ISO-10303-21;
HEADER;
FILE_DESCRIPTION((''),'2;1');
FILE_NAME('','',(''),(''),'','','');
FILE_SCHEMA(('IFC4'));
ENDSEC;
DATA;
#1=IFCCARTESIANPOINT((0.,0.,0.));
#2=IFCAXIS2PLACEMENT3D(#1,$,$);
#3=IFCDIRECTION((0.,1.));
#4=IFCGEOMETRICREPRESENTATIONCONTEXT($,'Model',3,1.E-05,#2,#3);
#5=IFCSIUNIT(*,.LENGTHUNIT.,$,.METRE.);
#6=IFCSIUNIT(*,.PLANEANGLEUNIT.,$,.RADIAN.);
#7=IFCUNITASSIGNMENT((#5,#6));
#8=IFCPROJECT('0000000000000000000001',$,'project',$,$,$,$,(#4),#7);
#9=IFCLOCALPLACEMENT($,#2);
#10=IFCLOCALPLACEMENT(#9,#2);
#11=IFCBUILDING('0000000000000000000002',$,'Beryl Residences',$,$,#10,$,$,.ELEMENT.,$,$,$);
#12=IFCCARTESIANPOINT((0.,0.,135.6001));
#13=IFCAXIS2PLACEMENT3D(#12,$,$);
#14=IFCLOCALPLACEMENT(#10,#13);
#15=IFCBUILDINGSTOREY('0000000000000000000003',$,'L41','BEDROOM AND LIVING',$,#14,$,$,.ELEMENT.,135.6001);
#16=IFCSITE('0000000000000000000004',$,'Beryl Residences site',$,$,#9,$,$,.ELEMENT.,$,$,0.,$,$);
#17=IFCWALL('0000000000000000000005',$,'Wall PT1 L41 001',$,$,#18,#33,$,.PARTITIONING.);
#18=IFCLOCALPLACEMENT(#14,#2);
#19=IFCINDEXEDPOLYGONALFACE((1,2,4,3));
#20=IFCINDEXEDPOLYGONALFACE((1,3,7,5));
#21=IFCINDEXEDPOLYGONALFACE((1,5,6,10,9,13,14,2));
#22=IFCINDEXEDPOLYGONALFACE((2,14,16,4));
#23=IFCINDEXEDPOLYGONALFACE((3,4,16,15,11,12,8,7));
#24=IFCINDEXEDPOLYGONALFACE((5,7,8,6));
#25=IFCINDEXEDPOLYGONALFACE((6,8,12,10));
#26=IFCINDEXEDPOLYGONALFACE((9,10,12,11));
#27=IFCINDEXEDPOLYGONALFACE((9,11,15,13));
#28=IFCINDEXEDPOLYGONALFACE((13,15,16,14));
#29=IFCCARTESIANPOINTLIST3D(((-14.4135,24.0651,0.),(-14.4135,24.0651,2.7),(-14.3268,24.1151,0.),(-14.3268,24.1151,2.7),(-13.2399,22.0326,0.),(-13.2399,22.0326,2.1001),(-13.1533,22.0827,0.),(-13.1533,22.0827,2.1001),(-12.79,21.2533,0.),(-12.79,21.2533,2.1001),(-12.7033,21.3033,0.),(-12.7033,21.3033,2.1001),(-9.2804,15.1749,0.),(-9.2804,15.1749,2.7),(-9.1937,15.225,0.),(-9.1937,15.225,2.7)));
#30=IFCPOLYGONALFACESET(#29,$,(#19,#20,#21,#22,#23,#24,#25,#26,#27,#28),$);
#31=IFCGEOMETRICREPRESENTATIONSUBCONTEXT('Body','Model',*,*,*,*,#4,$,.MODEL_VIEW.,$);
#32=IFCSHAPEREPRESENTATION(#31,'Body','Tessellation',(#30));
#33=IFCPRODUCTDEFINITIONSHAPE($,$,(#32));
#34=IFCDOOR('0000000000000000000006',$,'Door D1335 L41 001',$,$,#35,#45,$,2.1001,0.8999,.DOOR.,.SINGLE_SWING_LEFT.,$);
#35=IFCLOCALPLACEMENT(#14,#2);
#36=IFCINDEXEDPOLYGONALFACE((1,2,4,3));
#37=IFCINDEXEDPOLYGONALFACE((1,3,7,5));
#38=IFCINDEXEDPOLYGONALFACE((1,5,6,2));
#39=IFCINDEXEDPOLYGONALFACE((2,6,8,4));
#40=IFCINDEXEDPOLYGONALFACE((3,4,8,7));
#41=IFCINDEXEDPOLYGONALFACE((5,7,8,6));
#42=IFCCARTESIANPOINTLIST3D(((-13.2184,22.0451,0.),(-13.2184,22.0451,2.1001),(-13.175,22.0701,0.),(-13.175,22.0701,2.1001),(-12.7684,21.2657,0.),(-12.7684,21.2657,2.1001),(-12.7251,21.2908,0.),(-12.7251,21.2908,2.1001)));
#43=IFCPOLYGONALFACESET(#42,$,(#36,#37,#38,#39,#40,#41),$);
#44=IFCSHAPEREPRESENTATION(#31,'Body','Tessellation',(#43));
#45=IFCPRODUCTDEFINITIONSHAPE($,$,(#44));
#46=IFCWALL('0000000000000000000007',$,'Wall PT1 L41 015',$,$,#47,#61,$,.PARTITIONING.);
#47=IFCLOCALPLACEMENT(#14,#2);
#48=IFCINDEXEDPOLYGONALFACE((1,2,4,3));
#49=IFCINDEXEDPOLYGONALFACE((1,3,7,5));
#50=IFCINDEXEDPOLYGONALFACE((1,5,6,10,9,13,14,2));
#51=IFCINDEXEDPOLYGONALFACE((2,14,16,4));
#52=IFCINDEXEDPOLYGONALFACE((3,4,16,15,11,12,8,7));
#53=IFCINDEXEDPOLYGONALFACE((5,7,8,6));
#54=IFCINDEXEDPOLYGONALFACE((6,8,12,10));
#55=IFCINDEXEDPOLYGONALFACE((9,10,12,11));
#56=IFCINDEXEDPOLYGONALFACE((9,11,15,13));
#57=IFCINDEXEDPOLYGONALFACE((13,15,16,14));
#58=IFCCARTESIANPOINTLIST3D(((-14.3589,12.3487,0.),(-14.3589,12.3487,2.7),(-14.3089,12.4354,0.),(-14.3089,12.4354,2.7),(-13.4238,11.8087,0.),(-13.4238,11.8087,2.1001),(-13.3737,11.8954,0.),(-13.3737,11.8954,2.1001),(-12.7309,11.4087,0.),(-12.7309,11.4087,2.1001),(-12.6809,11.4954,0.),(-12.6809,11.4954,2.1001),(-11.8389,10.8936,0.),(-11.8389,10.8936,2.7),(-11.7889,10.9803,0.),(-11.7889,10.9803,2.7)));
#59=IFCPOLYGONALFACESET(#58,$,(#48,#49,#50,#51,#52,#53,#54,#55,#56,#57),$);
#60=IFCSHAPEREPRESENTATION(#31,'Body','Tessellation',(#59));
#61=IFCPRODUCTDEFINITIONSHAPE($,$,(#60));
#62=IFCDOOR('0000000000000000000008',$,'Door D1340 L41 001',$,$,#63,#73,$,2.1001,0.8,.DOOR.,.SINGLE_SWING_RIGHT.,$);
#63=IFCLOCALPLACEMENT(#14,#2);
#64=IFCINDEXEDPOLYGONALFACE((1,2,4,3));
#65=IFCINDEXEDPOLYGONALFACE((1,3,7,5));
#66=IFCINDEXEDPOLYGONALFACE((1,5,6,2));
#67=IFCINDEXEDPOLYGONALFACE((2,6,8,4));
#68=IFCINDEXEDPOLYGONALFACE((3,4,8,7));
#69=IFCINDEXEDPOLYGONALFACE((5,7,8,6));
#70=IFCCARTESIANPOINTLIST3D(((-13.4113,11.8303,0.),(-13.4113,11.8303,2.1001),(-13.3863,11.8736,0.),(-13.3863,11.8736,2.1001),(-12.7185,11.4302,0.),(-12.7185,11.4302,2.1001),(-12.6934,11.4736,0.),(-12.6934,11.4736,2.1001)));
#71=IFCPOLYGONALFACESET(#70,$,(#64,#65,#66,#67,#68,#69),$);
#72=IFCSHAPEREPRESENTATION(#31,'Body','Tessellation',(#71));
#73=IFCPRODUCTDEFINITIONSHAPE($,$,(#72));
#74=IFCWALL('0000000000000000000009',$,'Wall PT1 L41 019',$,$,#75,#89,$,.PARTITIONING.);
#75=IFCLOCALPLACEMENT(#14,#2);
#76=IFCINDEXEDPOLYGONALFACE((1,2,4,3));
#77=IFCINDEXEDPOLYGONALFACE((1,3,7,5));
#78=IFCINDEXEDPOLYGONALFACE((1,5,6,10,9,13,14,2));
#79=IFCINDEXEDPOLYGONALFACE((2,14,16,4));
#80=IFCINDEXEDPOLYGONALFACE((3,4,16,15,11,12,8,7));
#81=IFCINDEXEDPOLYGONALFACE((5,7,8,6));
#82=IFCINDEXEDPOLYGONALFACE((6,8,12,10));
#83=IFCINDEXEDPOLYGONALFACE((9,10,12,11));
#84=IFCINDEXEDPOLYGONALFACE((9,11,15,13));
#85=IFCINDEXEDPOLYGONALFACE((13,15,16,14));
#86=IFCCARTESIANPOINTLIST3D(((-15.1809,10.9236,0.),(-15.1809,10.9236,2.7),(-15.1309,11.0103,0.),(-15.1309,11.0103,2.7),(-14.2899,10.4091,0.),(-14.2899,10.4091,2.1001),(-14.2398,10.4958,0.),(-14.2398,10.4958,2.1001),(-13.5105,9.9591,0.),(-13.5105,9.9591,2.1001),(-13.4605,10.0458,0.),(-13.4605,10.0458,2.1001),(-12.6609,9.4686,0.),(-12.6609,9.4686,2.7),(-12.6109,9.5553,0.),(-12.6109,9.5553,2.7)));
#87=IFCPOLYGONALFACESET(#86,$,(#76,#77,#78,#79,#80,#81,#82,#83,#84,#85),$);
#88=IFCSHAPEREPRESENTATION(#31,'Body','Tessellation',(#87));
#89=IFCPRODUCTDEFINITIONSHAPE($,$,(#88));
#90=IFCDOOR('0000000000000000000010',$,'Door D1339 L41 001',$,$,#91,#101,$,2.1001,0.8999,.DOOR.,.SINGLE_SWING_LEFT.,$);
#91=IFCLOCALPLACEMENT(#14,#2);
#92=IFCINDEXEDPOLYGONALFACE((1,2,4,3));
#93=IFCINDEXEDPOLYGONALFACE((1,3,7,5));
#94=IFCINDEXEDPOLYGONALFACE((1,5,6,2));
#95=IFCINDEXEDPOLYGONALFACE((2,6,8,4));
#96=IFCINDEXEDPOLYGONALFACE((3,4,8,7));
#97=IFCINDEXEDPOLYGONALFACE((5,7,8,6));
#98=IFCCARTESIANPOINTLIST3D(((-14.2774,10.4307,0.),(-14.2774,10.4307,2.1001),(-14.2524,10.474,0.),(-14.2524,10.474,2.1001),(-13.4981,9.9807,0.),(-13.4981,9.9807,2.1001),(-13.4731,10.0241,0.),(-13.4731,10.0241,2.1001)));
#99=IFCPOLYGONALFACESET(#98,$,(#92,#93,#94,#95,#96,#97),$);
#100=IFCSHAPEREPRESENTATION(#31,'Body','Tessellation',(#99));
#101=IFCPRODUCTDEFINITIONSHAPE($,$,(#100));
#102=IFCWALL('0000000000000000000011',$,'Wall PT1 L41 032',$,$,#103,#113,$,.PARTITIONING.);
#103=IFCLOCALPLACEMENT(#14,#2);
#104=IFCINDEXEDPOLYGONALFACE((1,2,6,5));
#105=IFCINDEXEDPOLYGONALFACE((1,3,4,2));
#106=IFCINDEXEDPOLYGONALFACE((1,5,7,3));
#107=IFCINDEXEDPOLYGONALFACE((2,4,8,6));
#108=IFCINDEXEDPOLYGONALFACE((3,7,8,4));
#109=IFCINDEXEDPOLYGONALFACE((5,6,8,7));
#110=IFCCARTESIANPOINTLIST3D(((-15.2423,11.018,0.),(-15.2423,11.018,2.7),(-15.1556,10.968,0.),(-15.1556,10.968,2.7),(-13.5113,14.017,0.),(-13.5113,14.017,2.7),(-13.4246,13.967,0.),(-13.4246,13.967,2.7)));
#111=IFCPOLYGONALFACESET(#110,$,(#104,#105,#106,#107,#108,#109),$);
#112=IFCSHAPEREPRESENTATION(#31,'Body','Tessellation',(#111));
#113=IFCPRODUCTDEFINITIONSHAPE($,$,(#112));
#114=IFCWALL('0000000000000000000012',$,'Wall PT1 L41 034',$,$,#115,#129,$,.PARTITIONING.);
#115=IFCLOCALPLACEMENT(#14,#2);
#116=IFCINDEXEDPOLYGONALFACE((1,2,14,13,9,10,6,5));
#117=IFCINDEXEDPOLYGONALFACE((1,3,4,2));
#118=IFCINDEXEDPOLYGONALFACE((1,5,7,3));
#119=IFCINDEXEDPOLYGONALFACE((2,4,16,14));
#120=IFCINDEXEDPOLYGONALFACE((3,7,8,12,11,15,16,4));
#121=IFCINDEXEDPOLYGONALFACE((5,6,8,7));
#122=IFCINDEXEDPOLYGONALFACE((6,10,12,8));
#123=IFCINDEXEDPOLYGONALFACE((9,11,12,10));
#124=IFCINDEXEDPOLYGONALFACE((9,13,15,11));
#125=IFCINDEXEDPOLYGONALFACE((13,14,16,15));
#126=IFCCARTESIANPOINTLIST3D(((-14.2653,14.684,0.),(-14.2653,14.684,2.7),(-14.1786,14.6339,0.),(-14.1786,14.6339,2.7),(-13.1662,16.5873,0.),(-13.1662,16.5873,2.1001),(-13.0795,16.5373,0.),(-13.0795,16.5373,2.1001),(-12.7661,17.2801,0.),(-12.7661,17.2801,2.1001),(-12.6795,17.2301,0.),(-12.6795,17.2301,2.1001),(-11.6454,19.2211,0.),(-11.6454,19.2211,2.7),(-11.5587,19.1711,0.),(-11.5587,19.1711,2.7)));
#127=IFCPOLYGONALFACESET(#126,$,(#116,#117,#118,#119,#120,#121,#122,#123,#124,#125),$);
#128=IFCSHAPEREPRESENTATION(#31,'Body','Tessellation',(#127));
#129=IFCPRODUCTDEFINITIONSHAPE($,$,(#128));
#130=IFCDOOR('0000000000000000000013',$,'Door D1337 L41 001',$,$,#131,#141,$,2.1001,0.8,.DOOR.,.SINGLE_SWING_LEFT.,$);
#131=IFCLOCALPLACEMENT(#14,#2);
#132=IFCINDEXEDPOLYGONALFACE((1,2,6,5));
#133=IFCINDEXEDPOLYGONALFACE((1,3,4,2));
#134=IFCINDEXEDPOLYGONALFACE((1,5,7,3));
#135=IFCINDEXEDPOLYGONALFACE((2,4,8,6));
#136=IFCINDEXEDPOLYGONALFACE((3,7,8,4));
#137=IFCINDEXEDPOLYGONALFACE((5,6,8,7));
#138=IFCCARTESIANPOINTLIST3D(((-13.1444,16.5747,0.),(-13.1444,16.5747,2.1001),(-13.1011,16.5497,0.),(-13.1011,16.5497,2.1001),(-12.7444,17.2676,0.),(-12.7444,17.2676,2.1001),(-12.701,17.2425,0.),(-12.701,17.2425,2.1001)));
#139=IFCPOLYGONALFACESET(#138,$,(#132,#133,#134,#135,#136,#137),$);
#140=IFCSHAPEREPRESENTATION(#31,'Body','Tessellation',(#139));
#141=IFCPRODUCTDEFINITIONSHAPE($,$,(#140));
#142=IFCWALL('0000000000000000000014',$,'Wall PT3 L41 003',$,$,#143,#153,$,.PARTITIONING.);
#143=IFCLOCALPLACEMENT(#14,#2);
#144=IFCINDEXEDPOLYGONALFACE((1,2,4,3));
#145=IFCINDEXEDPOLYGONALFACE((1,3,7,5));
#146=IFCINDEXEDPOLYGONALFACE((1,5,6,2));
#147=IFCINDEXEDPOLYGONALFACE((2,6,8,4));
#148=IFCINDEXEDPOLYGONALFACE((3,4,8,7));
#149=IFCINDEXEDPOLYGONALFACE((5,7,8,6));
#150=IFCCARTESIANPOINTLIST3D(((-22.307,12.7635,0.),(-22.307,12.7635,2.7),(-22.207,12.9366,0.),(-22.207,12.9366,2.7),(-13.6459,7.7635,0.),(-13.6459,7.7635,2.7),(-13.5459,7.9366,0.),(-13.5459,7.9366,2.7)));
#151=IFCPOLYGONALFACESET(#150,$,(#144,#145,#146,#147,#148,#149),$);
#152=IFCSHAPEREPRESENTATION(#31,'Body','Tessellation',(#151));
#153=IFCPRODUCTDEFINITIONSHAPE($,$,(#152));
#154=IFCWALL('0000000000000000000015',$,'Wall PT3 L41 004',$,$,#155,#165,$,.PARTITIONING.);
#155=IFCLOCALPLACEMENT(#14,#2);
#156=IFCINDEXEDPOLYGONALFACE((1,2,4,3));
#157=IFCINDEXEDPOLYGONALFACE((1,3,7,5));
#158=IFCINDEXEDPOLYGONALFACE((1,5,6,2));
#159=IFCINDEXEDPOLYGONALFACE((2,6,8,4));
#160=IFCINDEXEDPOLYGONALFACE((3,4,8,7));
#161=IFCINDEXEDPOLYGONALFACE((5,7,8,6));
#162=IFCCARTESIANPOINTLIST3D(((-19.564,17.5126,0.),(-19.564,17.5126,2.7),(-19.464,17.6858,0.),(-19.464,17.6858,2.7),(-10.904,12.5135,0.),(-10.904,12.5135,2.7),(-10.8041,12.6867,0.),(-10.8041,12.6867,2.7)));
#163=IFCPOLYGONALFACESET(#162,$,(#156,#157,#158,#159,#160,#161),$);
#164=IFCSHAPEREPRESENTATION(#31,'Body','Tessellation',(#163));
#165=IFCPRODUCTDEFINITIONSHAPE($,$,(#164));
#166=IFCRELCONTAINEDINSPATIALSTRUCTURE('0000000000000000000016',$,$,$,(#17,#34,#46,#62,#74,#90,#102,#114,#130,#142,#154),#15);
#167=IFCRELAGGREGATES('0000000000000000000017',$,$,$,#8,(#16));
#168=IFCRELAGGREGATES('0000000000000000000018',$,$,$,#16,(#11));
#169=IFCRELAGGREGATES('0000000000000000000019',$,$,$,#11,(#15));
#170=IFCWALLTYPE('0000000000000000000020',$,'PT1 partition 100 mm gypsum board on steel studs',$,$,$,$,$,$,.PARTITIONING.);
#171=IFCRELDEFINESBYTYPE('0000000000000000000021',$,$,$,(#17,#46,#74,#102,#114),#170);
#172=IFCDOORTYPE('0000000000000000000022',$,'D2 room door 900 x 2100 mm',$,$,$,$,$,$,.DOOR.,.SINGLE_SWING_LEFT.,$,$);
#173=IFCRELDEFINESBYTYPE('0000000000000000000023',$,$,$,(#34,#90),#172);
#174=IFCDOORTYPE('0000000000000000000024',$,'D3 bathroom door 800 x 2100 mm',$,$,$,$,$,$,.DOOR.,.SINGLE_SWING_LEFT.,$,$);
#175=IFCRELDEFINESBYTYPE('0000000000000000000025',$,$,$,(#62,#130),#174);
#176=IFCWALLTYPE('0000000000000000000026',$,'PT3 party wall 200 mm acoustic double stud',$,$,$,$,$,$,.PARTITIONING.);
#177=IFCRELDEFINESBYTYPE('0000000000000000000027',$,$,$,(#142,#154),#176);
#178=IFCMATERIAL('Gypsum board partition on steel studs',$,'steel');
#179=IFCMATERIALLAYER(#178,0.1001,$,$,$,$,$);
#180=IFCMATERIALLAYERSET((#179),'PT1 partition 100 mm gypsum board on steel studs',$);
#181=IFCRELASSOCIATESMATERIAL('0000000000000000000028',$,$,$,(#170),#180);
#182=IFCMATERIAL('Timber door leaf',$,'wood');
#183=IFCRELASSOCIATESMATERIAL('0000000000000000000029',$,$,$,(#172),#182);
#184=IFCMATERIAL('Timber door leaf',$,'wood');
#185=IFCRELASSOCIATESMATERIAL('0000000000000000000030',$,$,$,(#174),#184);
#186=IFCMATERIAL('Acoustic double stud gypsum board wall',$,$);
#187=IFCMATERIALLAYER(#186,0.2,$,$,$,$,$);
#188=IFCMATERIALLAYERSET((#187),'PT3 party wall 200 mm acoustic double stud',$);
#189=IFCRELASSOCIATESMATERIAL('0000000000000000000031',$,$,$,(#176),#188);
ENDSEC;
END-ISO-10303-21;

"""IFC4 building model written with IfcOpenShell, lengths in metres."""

from ifc_helpers import new_model, si_unit, direction, frame, frame_2d, origin, place, context, subcontext, project, spatial, rectangle, extrude, material, layer, layer_set, type_object, element, fill, save


model = new_model("IFC4")

# Units and contexts
model_context = context("Model", 3, precision=1e-05, world=origin(), true_north=direction((0.0, 1.0)))
body_context = subcontext(model_context, "Body", "Model", "MODEL_VIEW")
ifc_project = project(units=[si_unit("LENGTHUNIT", "METRE"), si_unit("PLANEANGLEUNIT", "RADIAN")], contexts=[model_context])

# Site, building, storey
site_placement = place(None, origin())
site = spatial("IfcSite", under=ifc_project, at=site_placement, Name="Beryl Residences site", CompositionType="ELEMENT", RefElevation=0.0)
building_placement = place(site_placement, origin())
building = spatial("IfcBuilding", under=site, at=building_placement, Name="Beryl Residences", CompositionType="ELEMENT")
storey_placement = place(building_placement, frame((0.0, 0.0, 135.6001)))
storey = spatial("IfcBuildingStorey", under=building, at=storey_placement, Name="L41", Description="BEDROOM AND LIVING", CompositionType="ELEMENT", Elevation=135.6001)

# Walls, openings, doors
ifc_material_1 = material(Name="Gypsum board partition on steel studs", Category="steel")
ifc_layer_1 = layer(ifc_material_1, 0.1001)
ifc_layer_set_1 = layer_set([ifc_layer_1], Name="PT1 partition 100 mm gypsum board on steel studs")
wall_type_1 = type_object("IfcWallType", Name="PT1 partition 100 mm gypsum board on steel studs", PredefinedType="PARTITIONING", material=ifc_layer_set_1)
wall_1_placement = place(storey_placement, frame((-14.3701, 24.0901, 0.0), z_axis=(0.0, 0.0, 1.0), x_axis=(0.500024, -0.866011, 0.0)))
wall_1 = element("IfcWall", 1, at=wall_1_placement, inside=storey, type_object=wall_type_1, Name="Wall PT1 L41 001", PredefinedType="PARTITIONING", context=body_context, shape_type="SweptSolid", body=[
    extrude(rectangle(XDim=10.2656, YDim=0.1001, at=frame_2d((5.1328, 0.0))), origin(), (0.0, 0.0, 1.0), 2.7),
])
opening_1_placement = place(wall_1_placement, frame((2.3469, 0.0, 0.0)))
opening_1 = element("IfcOpeningElement", 2, at=opening_1_placement, cuts=wall_1, PredefinedType="OPENING", context=body_context, shape_type="SweptSolid", body=[
    extrude(rectangle(XDim=0.8999, YDim=2.1001, at=frame_2d((0.45, 1.05))), frame((0.0, 0.0601, 0.0), z_axis=(0.0, -1.0, 0.0), x_axis=(1.0, 0.0, 0.0)), (0.0, 0.0, 1.0), 0.1201),
])
ifc_material_2 = material(Name="Timber door leaf", Category="wood")
door_type_1 = type_object("IfcDoorType", Name="D2 room door 900 x 2100 mm", OperationType="SINGLE_SWING_LEFT", PredefinedType="DOOR", material=ifc_material_2)
door_1_placement = place(opening_1_placement, origin())
door_1 = element("IfcDoor", 3, at=door_1_placement, inside=storey, type_object=door_type_1, Name="Door D1335 L41 001", OperationType="SINGLE_SWING_LEFT", OverallHeight=2.1001, OverallWidth=0.8999, PredefinedType="DOOR", context=body_context, shape_type="SweptSolid", body=[
    extrude(rectangle(XDim=0.8999, YDim=2.1001, at=frame_2d((0.45, 1.05))), frame((0.0, 0.0249, 0.0), z_axis=(0.0, -1.0, 0.0), x_axis=(1.0, 0.0, 0.0)), (0.0, 0.0, 1.0), 0.05),
])
fill(opening_1, door_1)
wall_2_placement = place(storey_placement, frame((-14.334, 12.3921, 0.0), z_axis=(0.0, 0.0, 1.0), x_axis=(0.866004, -0.500037, 0.0)))
wall_2 = element("IfcWall", 4, at=wall_2_placement, inside=storey, type_object=wall_type_1, Name="Wall PT1 L41 015", PredefinedType="PARTITIONING", context=body_context, shape_type="SweptSolid", body=[
    extrude(rectangle(XDim=2.9099, YDim=0.1001, at=frame_2d((1.4551, 0.0))), origin(), (0.0, 0.0, 1.0), 2.7),
])
opening_2_placement = place(wall_2_placement, frame((1.0801, 0.0, 0.0)))
opening_2 = element("IfcOpeningElement", 5, at=opening_2_placement, cuts=wall_2, PredefinedType="OPENING", context=body_context, shape_type="SweptSolid", body=[
    extrude(rectangle(XDim=0.8, YDim=2.1001, at=frame_2d((0.3999, 1.05))), frame((0.0, 0.0601, 0.0), z_axis=(0.0, -1.0, 0.0), x_axis=(1.0, 0.0, 0.0)), (0.0, 0.0, 1.0), 0.1201),
])
ifc_material_3 = material(Name="Timber door leaf", Category="wood")
door_type_2 = type_object("IfcDoorType", Name="D3 bathroom door 800 x 2100 mm", OperationType="SINGLE_SWING_LEFT", PredefinedType="DOOR", material=ifc_material_3)
door_2_placement = place(opening_2_placement, origin())
door_2 = element("IfcDoor", 6, at=door_2_placement, inside=storey, type_object=door_type_2, Name="Door D1340 L41 001", OperationType="SINGLE_SWING_RIGHT", OverallHeight=2.1001, OverallWidth=0.8, PredefinedType="DOOR", context=body_context, shape_type="SweptSolid", body=[
    extrude(rectangle(XDim=0.8, YDim=2.1001, at=frame_2d((0.3999, 1.05))), frame((0.0, 0.0249, 0.0), z_axis=(0.0, -1.0, 0.0), x_axis=(1.0, 0.0, 0.0)), (0.0, 0.0, 1.0), 0.05),
])
fill(opening_2, door_2)
wall_3_placement = place(storey_placement, frame((-15.156, 10.967, 0.0), z_axis=(0.0, 0.0, 1.0), x_axis=(0.866004, -0.500037, 0.0)))
wall_3 = element("IfcWall", 7, at=wall_3_placement, inside=storey, type_object=wall_type_1, Name="Wall PT1 L41 019", PredefinedType="PARTITIONING", context=body_context, shape_type="SweptSolid", body=[
    extrude(rectangle(XDim=2.9099, YDim=0.1001, at=frame_2d((1.4551, 0.0))), origin(), (0.0, 0.0, 1.0), 2.7),
])
opening_3_placement = place(wall_3_placement, frame((1.0291, 0.0, 0.0)))
opening_3 = element("IfcOpeningElement", 8, at=opening_3_placement, cuts=wall_3, PredefinedType="OPENING", context=body_context, shape_type="SweptSolid", body=[
    extrude(rectangle(XDim=0.8999, YDim=2.1001, at=frame_2d((0.45, 1.05))), frame((0.0, 0.0601, 0.0), z_axis=(0.0, -1.0, 0.0), x_axis=(1.0, 0.0, 0.0)), (0.0, 0.0, 1.0), 0.1201),
])
door_3_placement = place(opening_3_placement, origin())
door_3 = element("IfcDoor", 9, at=door_3_placement, inside=storey, type_object=door_type_1, Name="Door D1339 L41 001", OperationType="SINGLE_SWING_LEFT", OverallHeight=2.1001, OverallWidth=0.8999, PredefinedType="DOOR", context=body_context, shape_type="SweptSolid", body=[
    extrude(rectangle(XDim=0.8999, YDim=2.1001, at=frame_2d((0.45, 1.05))), frame((0.0, 0.0249, 0.0), z_axis=(0.0, -1.0, 0.0), x_axis=(1.0, 0.0, 0.0)), (0.0, 0.0, 1.0), 0.05),
])
fill(opening_3, door_3)

# Wall
wall_4_placement = place(storey_placement, frame((-15.199, 10.9929, 0.0), z_axis=(0.0, 0.0, 1.0), x_axis=(0.499885, 0.866092, 0.0)))
element("IfcWall", 10, at=wall_4_placement, inside=storey, type_object=wall_type_1, Name="Wall PT1 L41 032", PredefinedType="PARTITIONING", context=body_context, shape_type="SweptSolid", body=[
    extrude(rectangle(XDim=3.4626, YDim=0.1001, at=frame_2d((1.7314, 0.0))), origin(), (0.0, 0.0, 1.0), 2.7),
])

# Wall, opening, door
wall_5_placement = place(storey_placement, frame((-14.2219, 14.6589, 0.0), z_axis=(0.0, 0.0, 1.0), x_axis=(0.500053, 0.865995, 0.0)))
wall_5 = element("IfcWall", 11, at=wall_5_placement, inside=storey, type_object=wall_type_1, Name="Wall PT1 L41 034", PredefinedType="PARTITIONING", context=body_context, shape_type="SweptSolid", body=[
    extrude(rectangle(XDim=5.2393, YDim=0.1001, at=frame_2d((2.6196, 0.0))), origin(), (0.0, 0.0, 1.0), 2.7),
])
opening_4_placement = place(wall_5_placement, frame((2.198, 0.0, 0.0)))
opening_4 = element("IfcOpeningElement", 12, at=opening_4_placement, cuts=wall_5, PredefinedType="OPENING", context=body_context, shape_type="SweptSolid", body=[
    extrude(rectangle(XDim=0.8, YDim=2.1001, at=frame_2d((0.3999, 1.05))), frame((0.0, 0.0601, 0.0), z_axis=(0.0, -1.0, 0.0), x_axis=(1.0, 0.0, 0.0)), (0.0, 0.0, 1.0), 0.1201),
])
door_4_placement = place(opening_4_placement, origin())
door_4 = element("IfcDoor", 13, at=door_4_placement, inside=storey, type_object=door_type_2, Name="Door D1337 L41 001", OperationType="SINGLE_SWING_LEFT", OverallHeight=2.1001, OverallWidth=0.8, PredefinedType="DOOR", context=body_context, shape_type="SweptSolid", body=[
    extrude(rectangle(XDim=0.8, YDim=2.1001, at=frame_2d((0.3999, 1.05))), frame((0.0, 0.0249, 0.0), z_axis=(0.0, -1.0, 0.0), x_axis=(1.0, 0.0, 0.0)), (0.0, 0.0, 1.0), 0.05),
])
fill(opening_4, door_4)

# Walls
ifc_material_4 = material(Name="Acoustic double stud gypsum board wall")
ifc_layer_2 = layer(ifc_material_4, 0.2)
ifc_layer_set_2 = layer_set([ifc_layer_2], Name="PT3 party wall 200 mm acoustic double stud")
wall_type_2 = type_object("IfcWallType", Name="PT3 party wall 200 mm acoustic double stud", PredefinedType="PARTITIONING", material=ifc_layer_set_2)
wall_6_placement = place(storey_placement, frame((-22.2571, 12.8501, 0.0), z_axis=(0.0, 0.0, 1.0), x_axis=(0.866047, -0.499962, 0.0)))
element("IfcWall", 14, at=wall_6_placement, inside=storey, type_object=wall_type_2, Name="Wall PT3 L41 003", PredefinedType="PARTITIONING", context=body_context, shape_type="SweptSolid", body=[
    extrude(rectangle(XDim=10.0007, YDim=0.2, at=frame_2d((5.0005, 0.0))), origin(), (0.0, 0.0, 1.0), 2.7),
])
wall_7_placement = place(storey_placement, frame((-19.5139, 17.5991, 0.0), z_axis=(0.0, 0.0, 1.0), x_axis=(0.866059, -0.499942, 0.0)))
element("IfcWall", 15, at=wall_7_placement, inside=storey, type_object=wall_type_2, Name="Wall PT3 L41 004", PredefinedType="PARTITIONING", context=body_context, shape_type="SweptSolid", body=[
    extrude(rectangle(XDim=9.9993, YDim=0.2, at=frame_2d((4.9995, 0.0))), origin(), (0.0, 0.0, 1.0), 2.7),
])

save(model, "model.ifc")
